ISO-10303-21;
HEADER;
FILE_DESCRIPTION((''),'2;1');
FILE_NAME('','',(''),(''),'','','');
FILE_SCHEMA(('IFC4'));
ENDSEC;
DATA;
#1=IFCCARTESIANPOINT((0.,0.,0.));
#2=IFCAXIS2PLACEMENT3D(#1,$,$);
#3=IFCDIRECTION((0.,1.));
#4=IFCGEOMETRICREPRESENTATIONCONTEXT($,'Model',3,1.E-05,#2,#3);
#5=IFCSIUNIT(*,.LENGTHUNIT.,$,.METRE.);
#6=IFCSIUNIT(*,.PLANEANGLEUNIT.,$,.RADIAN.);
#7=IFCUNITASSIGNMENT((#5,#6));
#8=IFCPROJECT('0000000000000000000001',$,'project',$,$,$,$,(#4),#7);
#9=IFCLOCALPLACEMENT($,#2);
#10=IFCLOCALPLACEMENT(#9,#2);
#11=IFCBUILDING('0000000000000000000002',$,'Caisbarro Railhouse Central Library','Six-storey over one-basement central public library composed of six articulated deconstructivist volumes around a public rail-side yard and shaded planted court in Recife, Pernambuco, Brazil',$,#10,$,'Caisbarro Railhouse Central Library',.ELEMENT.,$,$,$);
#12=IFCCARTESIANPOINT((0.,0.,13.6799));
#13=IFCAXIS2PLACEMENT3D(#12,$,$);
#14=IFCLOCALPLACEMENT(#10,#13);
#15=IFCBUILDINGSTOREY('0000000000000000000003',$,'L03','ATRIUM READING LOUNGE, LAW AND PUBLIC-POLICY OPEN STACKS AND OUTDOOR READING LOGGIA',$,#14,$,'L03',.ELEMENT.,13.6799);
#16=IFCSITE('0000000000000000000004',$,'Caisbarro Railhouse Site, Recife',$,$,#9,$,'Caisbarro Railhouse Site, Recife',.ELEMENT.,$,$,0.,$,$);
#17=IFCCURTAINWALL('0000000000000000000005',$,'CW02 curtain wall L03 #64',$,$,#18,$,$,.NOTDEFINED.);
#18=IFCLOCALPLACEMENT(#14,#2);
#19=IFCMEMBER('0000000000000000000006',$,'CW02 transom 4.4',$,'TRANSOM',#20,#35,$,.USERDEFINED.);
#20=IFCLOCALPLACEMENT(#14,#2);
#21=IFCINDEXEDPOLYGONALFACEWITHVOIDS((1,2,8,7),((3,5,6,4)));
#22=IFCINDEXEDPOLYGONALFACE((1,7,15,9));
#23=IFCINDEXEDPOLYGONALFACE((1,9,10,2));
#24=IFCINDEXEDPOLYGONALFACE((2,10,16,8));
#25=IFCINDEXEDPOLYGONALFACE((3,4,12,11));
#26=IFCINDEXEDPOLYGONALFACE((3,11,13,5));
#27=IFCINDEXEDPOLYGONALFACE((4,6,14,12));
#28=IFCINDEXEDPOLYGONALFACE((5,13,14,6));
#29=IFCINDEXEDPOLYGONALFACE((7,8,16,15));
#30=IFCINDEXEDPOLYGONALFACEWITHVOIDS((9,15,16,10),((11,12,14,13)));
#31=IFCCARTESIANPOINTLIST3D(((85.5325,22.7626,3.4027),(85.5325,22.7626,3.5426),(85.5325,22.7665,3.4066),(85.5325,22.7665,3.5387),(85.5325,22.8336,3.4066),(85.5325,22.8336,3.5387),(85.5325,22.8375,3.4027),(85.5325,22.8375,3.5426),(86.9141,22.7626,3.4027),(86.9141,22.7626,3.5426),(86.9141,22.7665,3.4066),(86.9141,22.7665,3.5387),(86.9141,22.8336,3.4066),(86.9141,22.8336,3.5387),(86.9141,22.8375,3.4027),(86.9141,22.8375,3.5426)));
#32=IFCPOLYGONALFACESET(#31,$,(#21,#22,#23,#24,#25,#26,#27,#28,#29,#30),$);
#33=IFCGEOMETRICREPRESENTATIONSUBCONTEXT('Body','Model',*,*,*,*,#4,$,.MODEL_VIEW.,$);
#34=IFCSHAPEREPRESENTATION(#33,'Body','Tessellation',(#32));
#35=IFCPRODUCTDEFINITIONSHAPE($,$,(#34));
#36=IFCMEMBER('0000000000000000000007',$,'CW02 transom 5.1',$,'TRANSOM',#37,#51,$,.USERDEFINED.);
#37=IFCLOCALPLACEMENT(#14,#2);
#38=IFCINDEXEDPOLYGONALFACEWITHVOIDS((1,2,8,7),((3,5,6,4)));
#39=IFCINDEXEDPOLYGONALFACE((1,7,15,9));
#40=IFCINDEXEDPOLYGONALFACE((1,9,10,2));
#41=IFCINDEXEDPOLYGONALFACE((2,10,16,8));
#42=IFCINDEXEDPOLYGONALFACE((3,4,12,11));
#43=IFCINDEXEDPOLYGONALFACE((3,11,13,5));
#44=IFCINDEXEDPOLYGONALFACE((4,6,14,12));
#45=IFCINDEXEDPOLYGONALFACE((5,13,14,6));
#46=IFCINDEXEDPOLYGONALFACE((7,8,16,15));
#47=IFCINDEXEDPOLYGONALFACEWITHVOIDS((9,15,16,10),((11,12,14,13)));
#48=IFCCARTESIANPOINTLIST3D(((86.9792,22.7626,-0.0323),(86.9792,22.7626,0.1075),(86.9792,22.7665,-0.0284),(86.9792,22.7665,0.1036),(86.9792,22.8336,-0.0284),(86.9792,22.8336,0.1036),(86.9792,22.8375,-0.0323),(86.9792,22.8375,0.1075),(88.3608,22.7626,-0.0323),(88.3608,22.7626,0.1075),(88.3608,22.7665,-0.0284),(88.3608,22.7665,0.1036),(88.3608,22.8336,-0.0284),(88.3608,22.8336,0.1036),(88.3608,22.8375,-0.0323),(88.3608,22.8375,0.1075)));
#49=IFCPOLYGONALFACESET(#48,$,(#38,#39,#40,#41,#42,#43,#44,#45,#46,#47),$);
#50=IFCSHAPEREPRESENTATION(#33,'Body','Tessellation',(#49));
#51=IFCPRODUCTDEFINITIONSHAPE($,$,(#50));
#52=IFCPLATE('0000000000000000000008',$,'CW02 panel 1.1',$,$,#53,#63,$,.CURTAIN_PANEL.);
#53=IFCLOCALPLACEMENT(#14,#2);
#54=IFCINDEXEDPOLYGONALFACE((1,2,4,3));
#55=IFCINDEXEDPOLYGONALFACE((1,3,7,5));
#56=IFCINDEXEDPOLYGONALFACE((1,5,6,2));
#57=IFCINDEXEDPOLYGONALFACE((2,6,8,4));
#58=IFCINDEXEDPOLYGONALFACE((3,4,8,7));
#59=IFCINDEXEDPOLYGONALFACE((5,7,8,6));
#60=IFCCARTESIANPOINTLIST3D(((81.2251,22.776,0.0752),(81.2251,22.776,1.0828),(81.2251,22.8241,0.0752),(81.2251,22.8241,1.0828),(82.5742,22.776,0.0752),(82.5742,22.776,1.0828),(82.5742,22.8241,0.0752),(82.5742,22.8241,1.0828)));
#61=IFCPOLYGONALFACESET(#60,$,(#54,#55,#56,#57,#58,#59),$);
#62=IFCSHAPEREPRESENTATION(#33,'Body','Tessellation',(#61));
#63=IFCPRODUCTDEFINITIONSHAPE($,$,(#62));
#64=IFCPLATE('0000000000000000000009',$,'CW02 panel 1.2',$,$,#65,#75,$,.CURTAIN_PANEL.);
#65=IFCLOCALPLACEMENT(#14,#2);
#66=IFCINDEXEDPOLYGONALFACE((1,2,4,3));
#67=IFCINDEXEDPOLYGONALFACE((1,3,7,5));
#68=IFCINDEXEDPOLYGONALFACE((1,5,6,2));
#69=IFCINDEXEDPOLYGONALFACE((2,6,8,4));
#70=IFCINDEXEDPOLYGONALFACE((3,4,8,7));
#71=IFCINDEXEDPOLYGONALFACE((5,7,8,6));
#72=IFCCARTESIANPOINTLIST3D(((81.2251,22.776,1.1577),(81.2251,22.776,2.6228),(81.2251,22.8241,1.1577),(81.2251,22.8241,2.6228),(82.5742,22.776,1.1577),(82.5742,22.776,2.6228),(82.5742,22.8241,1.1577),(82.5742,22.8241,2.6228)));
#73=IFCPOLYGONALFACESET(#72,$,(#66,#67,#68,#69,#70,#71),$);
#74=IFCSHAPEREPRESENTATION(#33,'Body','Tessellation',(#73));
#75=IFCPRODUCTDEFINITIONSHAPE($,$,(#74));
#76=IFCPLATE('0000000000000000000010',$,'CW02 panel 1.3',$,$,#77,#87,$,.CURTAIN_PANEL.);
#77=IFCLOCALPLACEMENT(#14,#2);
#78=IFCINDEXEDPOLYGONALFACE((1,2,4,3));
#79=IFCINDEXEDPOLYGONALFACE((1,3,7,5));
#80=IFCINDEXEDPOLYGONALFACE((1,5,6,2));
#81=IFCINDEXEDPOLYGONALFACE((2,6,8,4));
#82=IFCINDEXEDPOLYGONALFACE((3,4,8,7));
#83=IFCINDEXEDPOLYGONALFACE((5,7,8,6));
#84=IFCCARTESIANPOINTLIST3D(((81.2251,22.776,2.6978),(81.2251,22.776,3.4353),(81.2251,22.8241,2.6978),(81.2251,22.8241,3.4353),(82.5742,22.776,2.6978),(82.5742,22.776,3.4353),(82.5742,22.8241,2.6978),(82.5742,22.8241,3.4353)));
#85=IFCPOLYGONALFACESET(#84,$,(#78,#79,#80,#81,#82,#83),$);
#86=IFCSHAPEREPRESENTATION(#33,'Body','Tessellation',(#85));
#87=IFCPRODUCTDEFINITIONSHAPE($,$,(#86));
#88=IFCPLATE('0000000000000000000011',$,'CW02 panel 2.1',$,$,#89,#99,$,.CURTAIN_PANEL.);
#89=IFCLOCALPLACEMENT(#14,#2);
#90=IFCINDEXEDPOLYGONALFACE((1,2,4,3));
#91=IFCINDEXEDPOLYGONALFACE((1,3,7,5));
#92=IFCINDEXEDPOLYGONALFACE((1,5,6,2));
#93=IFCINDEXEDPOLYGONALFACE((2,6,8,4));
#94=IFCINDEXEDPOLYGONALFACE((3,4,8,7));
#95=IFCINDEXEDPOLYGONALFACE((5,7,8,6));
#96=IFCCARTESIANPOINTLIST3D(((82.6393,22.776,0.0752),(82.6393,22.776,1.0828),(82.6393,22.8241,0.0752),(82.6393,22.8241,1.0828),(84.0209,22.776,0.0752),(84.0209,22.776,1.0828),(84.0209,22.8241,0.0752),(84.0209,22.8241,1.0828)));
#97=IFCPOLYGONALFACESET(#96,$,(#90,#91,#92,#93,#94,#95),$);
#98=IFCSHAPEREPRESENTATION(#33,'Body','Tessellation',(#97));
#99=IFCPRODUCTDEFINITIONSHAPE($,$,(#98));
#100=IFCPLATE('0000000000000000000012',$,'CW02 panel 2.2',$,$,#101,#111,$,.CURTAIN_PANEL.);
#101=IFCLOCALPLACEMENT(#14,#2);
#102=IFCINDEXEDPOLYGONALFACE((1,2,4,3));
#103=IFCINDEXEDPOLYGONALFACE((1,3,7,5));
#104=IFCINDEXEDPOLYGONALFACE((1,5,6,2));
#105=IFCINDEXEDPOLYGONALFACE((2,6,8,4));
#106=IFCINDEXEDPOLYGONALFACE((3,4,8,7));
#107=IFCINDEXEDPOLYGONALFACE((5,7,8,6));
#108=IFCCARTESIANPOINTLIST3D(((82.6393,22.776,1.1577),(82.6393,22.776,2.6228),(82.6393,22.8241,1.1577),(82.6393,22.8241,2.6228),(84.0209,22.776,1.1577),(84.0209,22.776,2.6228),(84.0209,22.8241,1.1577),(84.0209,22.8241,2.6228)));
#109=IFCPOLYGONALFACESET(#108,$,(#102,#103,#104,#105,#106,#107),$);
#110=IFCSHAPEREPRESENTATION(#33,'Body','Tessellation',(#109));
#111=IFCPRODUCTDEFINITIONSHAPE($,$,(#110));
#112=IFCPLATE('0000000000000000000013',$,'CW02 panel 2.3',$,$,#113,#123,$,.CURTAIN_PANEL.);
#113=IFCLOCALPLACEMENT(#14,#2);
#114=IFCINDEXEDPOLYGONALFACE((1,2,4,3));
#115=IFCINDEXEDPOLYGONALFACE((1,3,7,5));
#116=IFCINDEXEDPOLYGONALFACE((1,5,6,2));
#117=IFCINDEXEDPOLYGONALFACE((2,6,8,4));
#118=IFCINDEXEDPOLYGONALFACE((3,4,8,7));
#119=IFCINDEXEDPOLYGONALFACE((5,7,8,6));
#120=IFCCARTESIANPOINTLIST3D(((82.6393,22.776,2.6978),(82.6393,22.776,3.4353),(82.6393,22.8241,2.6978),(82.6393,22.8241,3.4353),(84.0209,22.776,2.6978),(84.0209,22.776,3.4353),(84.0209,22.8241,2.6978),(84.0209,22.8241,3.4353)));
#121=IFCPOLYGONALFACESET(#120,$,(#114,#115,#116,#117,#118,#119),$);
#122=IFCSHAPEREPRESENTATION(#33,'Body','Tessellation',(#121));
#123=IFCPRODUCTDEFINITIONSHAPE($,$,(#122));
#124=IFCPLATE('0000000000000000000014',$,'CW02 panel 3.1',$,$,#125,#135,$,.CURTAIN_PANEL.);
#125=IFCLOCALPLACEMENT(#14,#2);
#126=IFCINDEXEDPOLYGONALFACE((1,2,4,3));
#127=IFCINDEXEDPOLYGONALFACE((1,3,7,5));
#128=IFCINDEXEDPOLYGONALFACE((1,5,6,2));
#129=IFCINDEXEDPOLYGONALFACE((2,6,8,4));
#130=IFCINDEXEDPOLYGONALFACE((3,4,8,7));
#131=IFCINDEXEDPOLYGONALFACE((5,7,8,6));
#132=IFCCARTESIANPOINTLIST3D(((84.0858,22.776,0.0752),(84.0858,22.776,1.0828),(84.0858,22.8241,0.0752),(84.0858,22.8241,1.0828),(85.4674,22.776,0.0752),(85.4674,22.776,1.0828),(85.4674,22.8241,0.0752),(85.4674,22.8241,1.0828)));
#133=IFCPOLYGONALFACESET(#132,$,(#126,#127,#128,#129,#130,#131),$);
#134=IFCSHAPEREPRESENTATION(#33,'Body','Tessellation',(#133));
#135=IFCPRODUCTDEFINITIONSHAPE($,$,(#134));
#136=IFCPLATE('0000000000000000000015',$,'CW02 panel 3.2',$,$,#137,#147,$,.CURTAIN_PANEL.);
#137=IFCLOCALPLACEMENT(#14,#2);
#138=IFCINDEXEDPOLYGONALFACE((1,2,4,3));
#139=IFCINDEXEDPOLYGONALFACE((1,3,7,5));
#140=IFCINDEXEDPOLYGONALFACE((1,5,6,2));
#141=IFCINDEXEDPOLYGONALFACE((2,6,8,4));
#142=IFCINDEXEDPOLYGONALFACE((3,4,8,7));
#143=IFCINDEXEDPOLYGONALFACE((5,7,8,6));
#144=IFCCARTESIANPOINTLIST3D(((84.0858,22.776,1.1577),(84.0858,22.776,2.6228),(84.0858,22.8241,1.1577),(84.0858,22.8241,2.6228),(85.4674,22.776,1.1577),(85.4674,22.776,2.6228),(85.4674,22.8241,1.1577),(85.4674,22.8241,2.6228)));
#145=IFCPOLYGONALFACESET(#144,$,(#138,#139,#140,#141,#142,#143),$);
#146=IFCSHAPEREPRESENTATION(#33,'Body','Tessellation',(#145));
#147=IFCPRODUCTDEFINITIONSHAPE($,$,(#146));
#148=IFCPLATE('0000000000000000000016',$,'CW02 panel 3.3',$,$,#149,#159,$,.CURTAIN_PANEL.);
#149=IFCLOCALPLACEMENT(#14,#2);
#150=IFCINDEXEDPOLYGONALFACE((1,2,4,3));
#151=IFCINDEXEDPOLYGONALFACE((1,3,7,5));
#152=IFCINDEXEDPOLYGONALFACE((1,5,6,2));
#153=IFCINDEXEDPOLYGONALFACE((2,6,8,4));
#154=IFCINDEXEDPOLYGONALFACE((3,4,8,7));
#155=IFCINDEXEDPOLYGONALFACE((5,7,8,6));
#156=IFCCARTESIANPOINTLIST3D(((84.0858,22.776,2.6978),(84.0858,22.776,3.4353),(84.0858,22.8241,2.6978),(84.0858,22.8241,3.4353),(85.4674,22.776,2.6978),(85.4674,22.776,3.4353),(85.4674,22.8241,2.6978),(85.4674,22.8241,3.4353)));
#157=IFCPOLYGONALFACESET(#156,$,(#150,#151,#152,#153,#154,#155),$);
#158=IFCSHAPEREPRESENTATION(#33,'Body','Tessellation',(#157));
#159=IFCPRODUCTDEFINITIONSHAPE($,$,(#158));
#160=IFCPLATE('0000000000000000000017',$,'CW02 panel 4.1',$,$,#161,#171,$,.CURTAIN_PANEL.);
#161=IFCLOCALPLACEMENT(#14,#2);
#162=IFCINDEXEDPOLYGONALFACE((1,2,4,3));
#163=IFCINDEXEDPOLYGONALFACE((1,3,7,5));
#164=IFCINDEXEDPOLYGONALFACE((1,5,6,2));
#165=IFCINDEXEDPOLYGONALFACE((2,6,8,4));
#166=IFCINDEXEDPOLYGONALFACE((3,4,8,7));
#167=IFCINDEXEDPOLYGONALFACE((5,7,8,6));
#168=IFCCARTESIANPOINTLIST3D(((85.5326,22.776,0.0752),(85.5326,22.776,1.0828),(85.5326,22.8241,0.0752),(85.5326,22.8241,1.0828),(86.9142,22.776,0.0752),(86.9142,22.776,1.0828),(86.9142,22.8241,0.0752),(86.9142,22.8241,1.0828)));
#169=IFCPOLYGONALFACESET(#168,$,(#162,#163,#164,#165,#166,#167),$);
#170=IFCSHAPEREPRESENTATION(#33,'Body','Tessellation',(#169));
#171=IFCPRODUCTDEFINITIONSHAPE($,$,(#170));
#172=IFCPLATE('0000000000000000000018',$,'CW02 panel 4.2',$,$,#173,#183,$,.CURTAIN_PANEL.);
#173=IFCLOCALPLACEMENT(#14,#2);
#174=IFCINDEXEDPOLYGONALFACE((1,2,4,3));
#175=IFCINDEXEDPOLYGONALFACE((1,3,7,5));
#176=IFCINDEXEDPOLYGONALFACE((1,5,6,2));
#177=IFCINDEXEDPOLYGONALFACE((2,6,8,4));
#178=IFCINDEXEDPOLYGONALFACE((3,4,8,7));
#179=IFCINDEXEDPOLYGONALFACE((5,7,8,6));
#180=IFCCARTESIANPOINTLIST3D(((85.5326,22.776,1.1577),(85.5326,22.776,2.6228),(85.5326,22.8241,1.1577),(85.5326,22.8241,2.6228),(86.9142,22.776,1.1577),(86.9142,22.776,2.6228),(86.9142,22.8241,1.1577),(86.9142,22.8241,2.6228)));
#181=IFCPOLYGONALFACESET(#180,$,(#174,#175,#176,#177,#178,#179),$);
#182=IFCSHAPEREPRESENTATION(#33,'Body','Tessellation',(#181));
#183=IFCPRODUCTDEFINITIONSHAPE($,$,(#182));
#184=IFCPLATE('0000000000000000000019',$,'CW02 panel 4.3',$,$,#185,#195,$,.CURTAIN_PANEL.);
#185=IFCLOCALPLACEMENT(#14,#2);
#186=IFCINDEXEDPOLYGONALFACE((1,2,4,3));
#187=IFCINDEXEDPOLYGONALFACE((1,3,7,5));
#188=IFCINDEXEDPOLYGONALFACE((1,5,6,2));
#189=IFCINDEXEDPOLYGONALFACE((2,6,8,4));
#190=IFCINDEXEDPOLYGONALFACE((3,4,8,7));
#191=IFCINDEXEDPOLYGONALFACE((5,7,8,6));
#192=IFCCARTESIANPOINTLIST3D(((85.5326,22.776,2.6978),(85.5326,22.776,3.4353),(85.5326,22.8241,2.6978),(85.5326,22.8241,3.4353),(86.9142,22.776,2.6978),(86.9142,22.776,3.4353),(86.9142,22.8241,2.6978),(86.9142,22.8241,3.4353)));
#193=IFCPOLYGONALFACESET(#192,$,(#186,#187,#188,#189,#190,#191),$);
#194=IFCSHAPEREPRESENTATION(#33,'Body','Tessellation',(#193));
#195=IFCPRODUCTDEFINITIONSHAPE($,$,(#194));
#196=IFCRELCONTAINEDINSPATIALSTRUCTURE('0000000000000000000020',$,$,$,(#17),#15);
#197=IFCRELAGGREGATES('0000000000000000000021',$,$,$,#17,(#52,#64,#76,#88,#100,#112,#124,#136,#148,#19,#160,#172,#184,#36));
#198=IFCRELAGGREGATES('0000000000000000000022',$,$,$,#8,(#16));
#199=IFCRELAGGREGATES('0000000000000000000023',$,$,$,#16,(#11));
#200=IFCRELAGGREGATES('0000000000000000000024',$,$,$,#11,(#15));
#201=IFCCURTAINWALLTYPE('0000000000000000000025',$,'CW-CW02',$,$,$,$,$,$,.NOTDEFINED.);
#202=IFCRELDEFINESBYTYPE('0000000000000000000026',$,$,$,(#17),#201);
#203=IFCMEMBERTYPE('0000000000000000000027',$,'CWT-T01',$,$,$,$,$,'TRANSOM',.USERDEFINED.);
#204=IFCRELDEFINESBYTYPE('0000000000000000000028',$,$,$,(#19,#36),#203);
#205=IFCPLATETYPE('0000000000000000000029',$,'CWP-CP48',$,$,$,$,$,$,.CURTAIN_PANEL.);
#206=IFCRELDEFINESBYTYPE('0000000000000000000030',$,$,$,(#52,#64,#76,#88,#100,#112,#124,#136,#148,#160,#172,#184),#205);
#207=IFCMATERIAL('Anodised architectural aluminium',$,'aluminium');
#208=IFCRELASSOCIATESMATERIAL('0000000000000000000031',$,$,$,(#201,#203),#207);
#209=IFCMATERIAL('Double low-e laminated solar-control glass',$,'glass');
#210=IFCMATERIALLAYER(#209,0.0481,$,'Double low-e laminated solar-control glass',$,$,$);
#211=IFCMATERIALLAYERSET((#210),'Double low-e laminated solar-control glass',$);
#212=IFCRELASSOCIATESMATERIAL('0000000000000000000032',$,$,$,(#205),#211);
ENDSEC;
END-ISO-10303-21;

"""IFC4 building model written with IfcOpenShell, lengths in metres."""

from ifc_helpers import new_model, si_unit, direction, frame, origin, origin_2d, place, context, subcontext, project, spatial, rectangle, hollow_rectangle, extrude, material, layer, layer_set, material_profile, profile_set, type_object, element, aggregate, save


model = new_model("IFC4")

# Units and contexts
model_context = context("Model", 3, precision=1e-05, world=origin(), true_north=direction((0.0, 1.0)))
body_context = subcontext(model_context, "Body", "Model", "MODEL_VIEW")
ifc_project = project(units=[si_unit("LENGTHUNIT", "METRE"), si_unit("PLANEANGLEUNIT", "RADIAN")], contexts=[model_context])

# Site, building, storey
site_placement = place(None, origin())
site = spatial("IfcSite", under=ifc_project, at=site_placement, Name="Caisbarro Railhouse Site, Recife", LongName="Caisbarro Railhouse Site, Recife", CompositionType="ELEMENT", RefElevation=0.0)
building_placement = place(site_placement, origin())
building = spatial("IfcBuilding", under=site, at=building_placement, Name="Caisbarro Railhouse Central Library", Description="Six-storey over one-basement central public library composed of six articulated deconstructivist volumes around a public rail-side yard and shaded planted court in Recife, Pernambuco, Brazil", LongName="Caisbarro Railhouse Central Library", CompositionType="ELEMENT")
storey_placement = place(building_placement, frame((0.0, 0.0, 13.6799)))
storey = spatial("IfcBuildingStorey", under=building, at=storey_placement, Name="L03", Description="ATRIUM READING LOUNGE, LAW AND PUBLIC-POLICY OPEN STACKS AND OUTDOOR READING LOGGIA", LongName="L03", CompositionType="ELEMENT", Elevation=13.6799)

# Curtain wall, members, plates
ifc_material_1 = material(Name="Anodised architectural aluminium", Category="aluminium")
curtain_wall_type = type_object("IfcCurtainWallType", Name="CW-CW02", PredefinedType="NOTDEFINED", material=ifc_material_1)
curtain_wall_placement = place(storey_placement, origin())
curtain_wall = element("IfcCurtainWall", 1, at=curtain_wall_placement, inside=storey, type_object=curtain_wall_type, Name="CW02 curtain wall L03 #64", PredefinedType="NOTDEFINED")
ifc_material_profile_1 = material_profile(ifc_material_1, hollow_rectangle(XDim=0.075, YDim=0.1399, WallThickness=0.0039, at=origin_2d()), Name="ALU-TRN-75X140")
ifc_profile_set_1 = profile_set([ifc_material_profile_1], Name="Anodised architectural aluminium")
member_type_1 = type_object("IfcMemberType", Name="CWT-T01", ElementType="TRANSOM", PredefinedType="USERDEFINED", material=ifc_profile_set_1)
member_1_placement = place(storey_placement, frame((85.5325, 22.8, 3.4727), z_axis=(1.0, 0.0, 0.0), x_axis=(0.0, 1.0, 0.0)))
member_1 = element("IfcMember", 2, at=member_1_placement, type_object=member_type_1, Name="CW02 transom 4.4", ObjectType="TRANSOM", PredefinedType="USERDEFINED", context=body_context, shape_type="SweptSolid", body=[
    extrude(hollow_rectangle(XDim=0.075, YDim=0.1399, WallThickness=0.0039, at=origin_2d()), origin(), (0.0, 0.0, 1.0), 1.3816),
])
member_2_placement = place(storey_placement, frame((86.9792, 22.8, 0.0376), z_axis=(1.0, 0.0, 0.0), x_axis=(0.0, 1.0, 0.0)))
member_2 = element("IfcMember", 3, at=member_2_placement, type_object=member_type_1, Name="CW02 transom 5.1", ObjectType="TRANSOM", PredefinedType="USERDEFINED", context=body_context, shape_type="SweptSolid", body=[
    extrude(hollow_rectangle(XDim=0.075, YDim=0.1399, WallThickness=0.0039, at=origin_2d()), origin(), (0.0, 0.0, 1.0), 1.3816),
])
ifc_material_2 = material(Name="Double low-e laminated solar-control glass", Category="glass")
ifc_layer = layer(ifc_material_2, 0.0481, Name="Double low-e laminated solar-control glass")
ifc_layer_set = layer_set([ifc_layer], Name="Double low-e laminated solar-control glass")
plate_type = type_object("IfcPlateType", Name="CWP-CP48", PredefinedType="CURTAIN_PANEL", material=ifc_layer_set)
plate_1_placement = place(storey_placement, frame((81.8997, 22.8, 0.0752), z_axis=(0.0, 0.0, 1.0), x_axis=(1.0, 0.0, 0.0)))
plate_1 = element("IfcPlate", 4, at=plate_1_placement, type_object=plate_type, Name="CW02 panel 1.1", PredefinedType="CURTAIN_PANEL", context=body_context, shape_type="SweptSolid", body=[
    extrude(rectangle(XDim=1.3491, YDim=0.0481, at=origin_2d()), origin(), (0.0, 0.0, 1.0), 1.0076),
])
plate_2_placement = place(storey_placement, frame((81.8997, 22.8, 1.1577), z_axis=(0.0, 0.0, 1.0), x_axis=(1.0, 0.0, 0.0)))
plate_2 = element("IfcPlate", 5, at=plate_2_placement, type_object=plate_type, Name="CW02 panel 1.2", PredefinedType="CURTAIN_PANEL", context=body_context, shape_type="SweptSolid", body=[
    extrude(rectangle(XDim=1.3491, YDim=0.0481, at=origin_2d()), origin(), (0.0, 0.0, 1.0), 1.4651),
])
plate_3_placement = place(storey_placement, frame((81.8997, 22.8, 2.6978), z_axis=(0.0, 0.0, 1.0), x_axis=(1.0, 0.0, 0.0)))
plate_3 = element("IfcPlate", 6, at=plate_3_placement, type_object=plate_type, Name="CW02 panel 1.3", PredefinedType="CURTAIN_PANEL", context=body_context, shape_type="SweptSolid", body=[
    extrude(rectangle(XDim=1.3491, YDim=0.0481, at=origin_2d()), origin(), (0.0, 0.0, 1.0), 0.7375),
])
plate_4_placement = place(storey_placement, frame((83.3301, 22.8, 0.0752), z_axis=(0.0, 0.0, 1.0), x_axis=(1.0, 0.0, 0.0)))
plate_4 = element("IfcPlate", 7, at=plate_4_placement, type_object=plate_type, Name="CW02 panel 2.1", PredefinedType="CURTAIN_PANEL", context=body_context, shape_type="SweptSolid", body=[
    extrude(rectangle(XDim=1.3816, YDim=0.0481, at=origin_2d()), origin(), (0.0, 0.0, 1.0), 1.0076),
])
plate_5_placement = place(storey_placement, frame((83.3301, 22.8, 1.1577), z_axis=(0.0, 0.0, 1.0), x_axis=(1.0, 0.0, 0.0)))
plate_5 = element("IfcPlate", 8, at=plate_5_placement, type_object=plate_type, Name="CW02 panel 2.2", PredefinedType="CURTAIN_PANEL", context=body_context, shape_type="SweptSolid", body=[
    extrude(rectangle(XDim=1.3816, YDim=0.0481, at=origin_2d()), origin(), (0.0, 0.0, 1.0), 1.4651),
])
plate_6_placement = place(storey_placement, frame((83.3301, 22.8, 2.6978), z_axis=(0.0, 0.0, 1.0), x_axis=(1.0, 0.0, 0.0)))
plate_6 = element("IfcPlate", 9, at=plate_6_placement, type_object=plate_type, Name="CW02 panel 2.3", PredefinedType="CURTAIN_PANEL", context=body_context, shape_type="SweptSolid", body=[
    extrude(rectangle(XDim=1.3816, YDim=0.0481, at=origin_2d()), origin(), (0.0, 0.0, 1.0), 0.7375),
])
plate_7_placement = place(storey_placement, frame((84.7766, 22.8, 0.0752), z_axis=(0.0, 0.0, 1.0), x_axis=(1.0, 0.0, 0.0)))
plate_7 = element("IfcPlate", 10, at=plate_7_placement, type_object=plate_type, Name="CW02 panel 3.1", PredefinedType="CURTAIN_PANEL", context=body_context, shape_type="SweptSolid", body=[
    extrude(rectangle(XDim=1.3816, YDim=0.0481, at=origin_2d()), origin(), (0.0, 0.0, 1.0), 1.0076),
])
plate_8_placement = place(storey_placement, frame((84.7766, 22.8, 1.1577), z_axis=(0.0, 0.0, 1.0), x_axis=(1.0, 0.0, 0.0)))
plate_8 = element("IfcPlate", 11, at=plate_8_placement, type_object=plate_type, Name="CW02 panel 3.2", PredefinedType="CURTAIN_PANEL", context=body_context, shape_type="SweptSolid", body=[
    extrude(rectangle(XDim=1.3816, YDim=0.0481, at=origin_2d()), origin(), (0.0, 0.0, 1.0), 1.4651),
])
plate_9_placement = place(storey_placement, frame((84.7766, 22.8, 2.6978), z_axis=(0.0, 0.0, 1.0), x_axis=(1.0, 0.0, 0.0)))
plate_9 = element("IfcPlate", 12, at=plate_9_placement, type_object=plate_type, Name="CW02 panel 3.3", PredefinedType="CURTAIN_PANEL", context=body_context, shape_type="SweptSolid", body=[
    extrude(rectangle(XDim=1.3816, YDim=0.0481, at=origin_2d()), origin(), (0.0, 0.0, 1.0), 0.7375),
])
plate_10_placement = place(storey_placement, frame((86.2234, 22.8, 0.0752), z_axis=(0.0, 0.0, 1.0), x_axis=(1.0, 0.0, 0.0)))
plate_10 = element("IfcPlate", 13, at=plate_10_placement, type_object=plate_type, Name="CW02 panel 4.1", PredefinedType="CURTAIN_PANEL", context=body_context, shape_type="SweptSolid", body=[
    extrude(rectangle(XDim=1.3816, YDim=0.0481, at=origin_2d()), origin(), (0.0, 0.0, 1.0), 1.0076),
])
plate_11_placement = place(storey_placement, frame((86.2234, 22.8, 1.1577), z_axis=(0.0, 0.0, 1.0), x_axis=(1.0, 0.0, 0.0)))
plate_11 = element("IfcPlate", 14, at=plate_11_placement, type_object=plate_type, Name="CW02 panel 4.2", PredefinedType="CURTAIN_PANEL", context=body_context, shape_type="SweptSolid", body=[
    extrude(rectangle(XDim=1.3816, YDim=0.0481, at=origin_2d()), origin(), (0.0, 0.0, 1.0), 1.4651),
])
plate_12_placement = place(storey_placement, frame((86.2234, 22.8, 2.6978), z_axis=(0.0, 0.0, 1.0), x_axis=(1.0, 0.0, 0.0)))
plate_12 = element("IfcPlate", 15, at=plate_12_placement, type_object=plate_type, Name="CW02 panel 4.3", PredefinedType="CURTAIN_PANEL", context=body_context, shape_type="SweptSolid", body=[
    extrude(rectangle(XDim=1.3816, YDim=0.0481, at=origin_2d()), origin(), (0.0, 0.0, 1.0), 0.7375),
])
aggregate(curtain_wall, [plate_1, plate_2, plate_3, plate_4, plate_5, plate_6, plate_7, plate_8, plate_9, member_1, plate_10, plate_11, plate_12, member_2])

save(model, "model.ifc")
